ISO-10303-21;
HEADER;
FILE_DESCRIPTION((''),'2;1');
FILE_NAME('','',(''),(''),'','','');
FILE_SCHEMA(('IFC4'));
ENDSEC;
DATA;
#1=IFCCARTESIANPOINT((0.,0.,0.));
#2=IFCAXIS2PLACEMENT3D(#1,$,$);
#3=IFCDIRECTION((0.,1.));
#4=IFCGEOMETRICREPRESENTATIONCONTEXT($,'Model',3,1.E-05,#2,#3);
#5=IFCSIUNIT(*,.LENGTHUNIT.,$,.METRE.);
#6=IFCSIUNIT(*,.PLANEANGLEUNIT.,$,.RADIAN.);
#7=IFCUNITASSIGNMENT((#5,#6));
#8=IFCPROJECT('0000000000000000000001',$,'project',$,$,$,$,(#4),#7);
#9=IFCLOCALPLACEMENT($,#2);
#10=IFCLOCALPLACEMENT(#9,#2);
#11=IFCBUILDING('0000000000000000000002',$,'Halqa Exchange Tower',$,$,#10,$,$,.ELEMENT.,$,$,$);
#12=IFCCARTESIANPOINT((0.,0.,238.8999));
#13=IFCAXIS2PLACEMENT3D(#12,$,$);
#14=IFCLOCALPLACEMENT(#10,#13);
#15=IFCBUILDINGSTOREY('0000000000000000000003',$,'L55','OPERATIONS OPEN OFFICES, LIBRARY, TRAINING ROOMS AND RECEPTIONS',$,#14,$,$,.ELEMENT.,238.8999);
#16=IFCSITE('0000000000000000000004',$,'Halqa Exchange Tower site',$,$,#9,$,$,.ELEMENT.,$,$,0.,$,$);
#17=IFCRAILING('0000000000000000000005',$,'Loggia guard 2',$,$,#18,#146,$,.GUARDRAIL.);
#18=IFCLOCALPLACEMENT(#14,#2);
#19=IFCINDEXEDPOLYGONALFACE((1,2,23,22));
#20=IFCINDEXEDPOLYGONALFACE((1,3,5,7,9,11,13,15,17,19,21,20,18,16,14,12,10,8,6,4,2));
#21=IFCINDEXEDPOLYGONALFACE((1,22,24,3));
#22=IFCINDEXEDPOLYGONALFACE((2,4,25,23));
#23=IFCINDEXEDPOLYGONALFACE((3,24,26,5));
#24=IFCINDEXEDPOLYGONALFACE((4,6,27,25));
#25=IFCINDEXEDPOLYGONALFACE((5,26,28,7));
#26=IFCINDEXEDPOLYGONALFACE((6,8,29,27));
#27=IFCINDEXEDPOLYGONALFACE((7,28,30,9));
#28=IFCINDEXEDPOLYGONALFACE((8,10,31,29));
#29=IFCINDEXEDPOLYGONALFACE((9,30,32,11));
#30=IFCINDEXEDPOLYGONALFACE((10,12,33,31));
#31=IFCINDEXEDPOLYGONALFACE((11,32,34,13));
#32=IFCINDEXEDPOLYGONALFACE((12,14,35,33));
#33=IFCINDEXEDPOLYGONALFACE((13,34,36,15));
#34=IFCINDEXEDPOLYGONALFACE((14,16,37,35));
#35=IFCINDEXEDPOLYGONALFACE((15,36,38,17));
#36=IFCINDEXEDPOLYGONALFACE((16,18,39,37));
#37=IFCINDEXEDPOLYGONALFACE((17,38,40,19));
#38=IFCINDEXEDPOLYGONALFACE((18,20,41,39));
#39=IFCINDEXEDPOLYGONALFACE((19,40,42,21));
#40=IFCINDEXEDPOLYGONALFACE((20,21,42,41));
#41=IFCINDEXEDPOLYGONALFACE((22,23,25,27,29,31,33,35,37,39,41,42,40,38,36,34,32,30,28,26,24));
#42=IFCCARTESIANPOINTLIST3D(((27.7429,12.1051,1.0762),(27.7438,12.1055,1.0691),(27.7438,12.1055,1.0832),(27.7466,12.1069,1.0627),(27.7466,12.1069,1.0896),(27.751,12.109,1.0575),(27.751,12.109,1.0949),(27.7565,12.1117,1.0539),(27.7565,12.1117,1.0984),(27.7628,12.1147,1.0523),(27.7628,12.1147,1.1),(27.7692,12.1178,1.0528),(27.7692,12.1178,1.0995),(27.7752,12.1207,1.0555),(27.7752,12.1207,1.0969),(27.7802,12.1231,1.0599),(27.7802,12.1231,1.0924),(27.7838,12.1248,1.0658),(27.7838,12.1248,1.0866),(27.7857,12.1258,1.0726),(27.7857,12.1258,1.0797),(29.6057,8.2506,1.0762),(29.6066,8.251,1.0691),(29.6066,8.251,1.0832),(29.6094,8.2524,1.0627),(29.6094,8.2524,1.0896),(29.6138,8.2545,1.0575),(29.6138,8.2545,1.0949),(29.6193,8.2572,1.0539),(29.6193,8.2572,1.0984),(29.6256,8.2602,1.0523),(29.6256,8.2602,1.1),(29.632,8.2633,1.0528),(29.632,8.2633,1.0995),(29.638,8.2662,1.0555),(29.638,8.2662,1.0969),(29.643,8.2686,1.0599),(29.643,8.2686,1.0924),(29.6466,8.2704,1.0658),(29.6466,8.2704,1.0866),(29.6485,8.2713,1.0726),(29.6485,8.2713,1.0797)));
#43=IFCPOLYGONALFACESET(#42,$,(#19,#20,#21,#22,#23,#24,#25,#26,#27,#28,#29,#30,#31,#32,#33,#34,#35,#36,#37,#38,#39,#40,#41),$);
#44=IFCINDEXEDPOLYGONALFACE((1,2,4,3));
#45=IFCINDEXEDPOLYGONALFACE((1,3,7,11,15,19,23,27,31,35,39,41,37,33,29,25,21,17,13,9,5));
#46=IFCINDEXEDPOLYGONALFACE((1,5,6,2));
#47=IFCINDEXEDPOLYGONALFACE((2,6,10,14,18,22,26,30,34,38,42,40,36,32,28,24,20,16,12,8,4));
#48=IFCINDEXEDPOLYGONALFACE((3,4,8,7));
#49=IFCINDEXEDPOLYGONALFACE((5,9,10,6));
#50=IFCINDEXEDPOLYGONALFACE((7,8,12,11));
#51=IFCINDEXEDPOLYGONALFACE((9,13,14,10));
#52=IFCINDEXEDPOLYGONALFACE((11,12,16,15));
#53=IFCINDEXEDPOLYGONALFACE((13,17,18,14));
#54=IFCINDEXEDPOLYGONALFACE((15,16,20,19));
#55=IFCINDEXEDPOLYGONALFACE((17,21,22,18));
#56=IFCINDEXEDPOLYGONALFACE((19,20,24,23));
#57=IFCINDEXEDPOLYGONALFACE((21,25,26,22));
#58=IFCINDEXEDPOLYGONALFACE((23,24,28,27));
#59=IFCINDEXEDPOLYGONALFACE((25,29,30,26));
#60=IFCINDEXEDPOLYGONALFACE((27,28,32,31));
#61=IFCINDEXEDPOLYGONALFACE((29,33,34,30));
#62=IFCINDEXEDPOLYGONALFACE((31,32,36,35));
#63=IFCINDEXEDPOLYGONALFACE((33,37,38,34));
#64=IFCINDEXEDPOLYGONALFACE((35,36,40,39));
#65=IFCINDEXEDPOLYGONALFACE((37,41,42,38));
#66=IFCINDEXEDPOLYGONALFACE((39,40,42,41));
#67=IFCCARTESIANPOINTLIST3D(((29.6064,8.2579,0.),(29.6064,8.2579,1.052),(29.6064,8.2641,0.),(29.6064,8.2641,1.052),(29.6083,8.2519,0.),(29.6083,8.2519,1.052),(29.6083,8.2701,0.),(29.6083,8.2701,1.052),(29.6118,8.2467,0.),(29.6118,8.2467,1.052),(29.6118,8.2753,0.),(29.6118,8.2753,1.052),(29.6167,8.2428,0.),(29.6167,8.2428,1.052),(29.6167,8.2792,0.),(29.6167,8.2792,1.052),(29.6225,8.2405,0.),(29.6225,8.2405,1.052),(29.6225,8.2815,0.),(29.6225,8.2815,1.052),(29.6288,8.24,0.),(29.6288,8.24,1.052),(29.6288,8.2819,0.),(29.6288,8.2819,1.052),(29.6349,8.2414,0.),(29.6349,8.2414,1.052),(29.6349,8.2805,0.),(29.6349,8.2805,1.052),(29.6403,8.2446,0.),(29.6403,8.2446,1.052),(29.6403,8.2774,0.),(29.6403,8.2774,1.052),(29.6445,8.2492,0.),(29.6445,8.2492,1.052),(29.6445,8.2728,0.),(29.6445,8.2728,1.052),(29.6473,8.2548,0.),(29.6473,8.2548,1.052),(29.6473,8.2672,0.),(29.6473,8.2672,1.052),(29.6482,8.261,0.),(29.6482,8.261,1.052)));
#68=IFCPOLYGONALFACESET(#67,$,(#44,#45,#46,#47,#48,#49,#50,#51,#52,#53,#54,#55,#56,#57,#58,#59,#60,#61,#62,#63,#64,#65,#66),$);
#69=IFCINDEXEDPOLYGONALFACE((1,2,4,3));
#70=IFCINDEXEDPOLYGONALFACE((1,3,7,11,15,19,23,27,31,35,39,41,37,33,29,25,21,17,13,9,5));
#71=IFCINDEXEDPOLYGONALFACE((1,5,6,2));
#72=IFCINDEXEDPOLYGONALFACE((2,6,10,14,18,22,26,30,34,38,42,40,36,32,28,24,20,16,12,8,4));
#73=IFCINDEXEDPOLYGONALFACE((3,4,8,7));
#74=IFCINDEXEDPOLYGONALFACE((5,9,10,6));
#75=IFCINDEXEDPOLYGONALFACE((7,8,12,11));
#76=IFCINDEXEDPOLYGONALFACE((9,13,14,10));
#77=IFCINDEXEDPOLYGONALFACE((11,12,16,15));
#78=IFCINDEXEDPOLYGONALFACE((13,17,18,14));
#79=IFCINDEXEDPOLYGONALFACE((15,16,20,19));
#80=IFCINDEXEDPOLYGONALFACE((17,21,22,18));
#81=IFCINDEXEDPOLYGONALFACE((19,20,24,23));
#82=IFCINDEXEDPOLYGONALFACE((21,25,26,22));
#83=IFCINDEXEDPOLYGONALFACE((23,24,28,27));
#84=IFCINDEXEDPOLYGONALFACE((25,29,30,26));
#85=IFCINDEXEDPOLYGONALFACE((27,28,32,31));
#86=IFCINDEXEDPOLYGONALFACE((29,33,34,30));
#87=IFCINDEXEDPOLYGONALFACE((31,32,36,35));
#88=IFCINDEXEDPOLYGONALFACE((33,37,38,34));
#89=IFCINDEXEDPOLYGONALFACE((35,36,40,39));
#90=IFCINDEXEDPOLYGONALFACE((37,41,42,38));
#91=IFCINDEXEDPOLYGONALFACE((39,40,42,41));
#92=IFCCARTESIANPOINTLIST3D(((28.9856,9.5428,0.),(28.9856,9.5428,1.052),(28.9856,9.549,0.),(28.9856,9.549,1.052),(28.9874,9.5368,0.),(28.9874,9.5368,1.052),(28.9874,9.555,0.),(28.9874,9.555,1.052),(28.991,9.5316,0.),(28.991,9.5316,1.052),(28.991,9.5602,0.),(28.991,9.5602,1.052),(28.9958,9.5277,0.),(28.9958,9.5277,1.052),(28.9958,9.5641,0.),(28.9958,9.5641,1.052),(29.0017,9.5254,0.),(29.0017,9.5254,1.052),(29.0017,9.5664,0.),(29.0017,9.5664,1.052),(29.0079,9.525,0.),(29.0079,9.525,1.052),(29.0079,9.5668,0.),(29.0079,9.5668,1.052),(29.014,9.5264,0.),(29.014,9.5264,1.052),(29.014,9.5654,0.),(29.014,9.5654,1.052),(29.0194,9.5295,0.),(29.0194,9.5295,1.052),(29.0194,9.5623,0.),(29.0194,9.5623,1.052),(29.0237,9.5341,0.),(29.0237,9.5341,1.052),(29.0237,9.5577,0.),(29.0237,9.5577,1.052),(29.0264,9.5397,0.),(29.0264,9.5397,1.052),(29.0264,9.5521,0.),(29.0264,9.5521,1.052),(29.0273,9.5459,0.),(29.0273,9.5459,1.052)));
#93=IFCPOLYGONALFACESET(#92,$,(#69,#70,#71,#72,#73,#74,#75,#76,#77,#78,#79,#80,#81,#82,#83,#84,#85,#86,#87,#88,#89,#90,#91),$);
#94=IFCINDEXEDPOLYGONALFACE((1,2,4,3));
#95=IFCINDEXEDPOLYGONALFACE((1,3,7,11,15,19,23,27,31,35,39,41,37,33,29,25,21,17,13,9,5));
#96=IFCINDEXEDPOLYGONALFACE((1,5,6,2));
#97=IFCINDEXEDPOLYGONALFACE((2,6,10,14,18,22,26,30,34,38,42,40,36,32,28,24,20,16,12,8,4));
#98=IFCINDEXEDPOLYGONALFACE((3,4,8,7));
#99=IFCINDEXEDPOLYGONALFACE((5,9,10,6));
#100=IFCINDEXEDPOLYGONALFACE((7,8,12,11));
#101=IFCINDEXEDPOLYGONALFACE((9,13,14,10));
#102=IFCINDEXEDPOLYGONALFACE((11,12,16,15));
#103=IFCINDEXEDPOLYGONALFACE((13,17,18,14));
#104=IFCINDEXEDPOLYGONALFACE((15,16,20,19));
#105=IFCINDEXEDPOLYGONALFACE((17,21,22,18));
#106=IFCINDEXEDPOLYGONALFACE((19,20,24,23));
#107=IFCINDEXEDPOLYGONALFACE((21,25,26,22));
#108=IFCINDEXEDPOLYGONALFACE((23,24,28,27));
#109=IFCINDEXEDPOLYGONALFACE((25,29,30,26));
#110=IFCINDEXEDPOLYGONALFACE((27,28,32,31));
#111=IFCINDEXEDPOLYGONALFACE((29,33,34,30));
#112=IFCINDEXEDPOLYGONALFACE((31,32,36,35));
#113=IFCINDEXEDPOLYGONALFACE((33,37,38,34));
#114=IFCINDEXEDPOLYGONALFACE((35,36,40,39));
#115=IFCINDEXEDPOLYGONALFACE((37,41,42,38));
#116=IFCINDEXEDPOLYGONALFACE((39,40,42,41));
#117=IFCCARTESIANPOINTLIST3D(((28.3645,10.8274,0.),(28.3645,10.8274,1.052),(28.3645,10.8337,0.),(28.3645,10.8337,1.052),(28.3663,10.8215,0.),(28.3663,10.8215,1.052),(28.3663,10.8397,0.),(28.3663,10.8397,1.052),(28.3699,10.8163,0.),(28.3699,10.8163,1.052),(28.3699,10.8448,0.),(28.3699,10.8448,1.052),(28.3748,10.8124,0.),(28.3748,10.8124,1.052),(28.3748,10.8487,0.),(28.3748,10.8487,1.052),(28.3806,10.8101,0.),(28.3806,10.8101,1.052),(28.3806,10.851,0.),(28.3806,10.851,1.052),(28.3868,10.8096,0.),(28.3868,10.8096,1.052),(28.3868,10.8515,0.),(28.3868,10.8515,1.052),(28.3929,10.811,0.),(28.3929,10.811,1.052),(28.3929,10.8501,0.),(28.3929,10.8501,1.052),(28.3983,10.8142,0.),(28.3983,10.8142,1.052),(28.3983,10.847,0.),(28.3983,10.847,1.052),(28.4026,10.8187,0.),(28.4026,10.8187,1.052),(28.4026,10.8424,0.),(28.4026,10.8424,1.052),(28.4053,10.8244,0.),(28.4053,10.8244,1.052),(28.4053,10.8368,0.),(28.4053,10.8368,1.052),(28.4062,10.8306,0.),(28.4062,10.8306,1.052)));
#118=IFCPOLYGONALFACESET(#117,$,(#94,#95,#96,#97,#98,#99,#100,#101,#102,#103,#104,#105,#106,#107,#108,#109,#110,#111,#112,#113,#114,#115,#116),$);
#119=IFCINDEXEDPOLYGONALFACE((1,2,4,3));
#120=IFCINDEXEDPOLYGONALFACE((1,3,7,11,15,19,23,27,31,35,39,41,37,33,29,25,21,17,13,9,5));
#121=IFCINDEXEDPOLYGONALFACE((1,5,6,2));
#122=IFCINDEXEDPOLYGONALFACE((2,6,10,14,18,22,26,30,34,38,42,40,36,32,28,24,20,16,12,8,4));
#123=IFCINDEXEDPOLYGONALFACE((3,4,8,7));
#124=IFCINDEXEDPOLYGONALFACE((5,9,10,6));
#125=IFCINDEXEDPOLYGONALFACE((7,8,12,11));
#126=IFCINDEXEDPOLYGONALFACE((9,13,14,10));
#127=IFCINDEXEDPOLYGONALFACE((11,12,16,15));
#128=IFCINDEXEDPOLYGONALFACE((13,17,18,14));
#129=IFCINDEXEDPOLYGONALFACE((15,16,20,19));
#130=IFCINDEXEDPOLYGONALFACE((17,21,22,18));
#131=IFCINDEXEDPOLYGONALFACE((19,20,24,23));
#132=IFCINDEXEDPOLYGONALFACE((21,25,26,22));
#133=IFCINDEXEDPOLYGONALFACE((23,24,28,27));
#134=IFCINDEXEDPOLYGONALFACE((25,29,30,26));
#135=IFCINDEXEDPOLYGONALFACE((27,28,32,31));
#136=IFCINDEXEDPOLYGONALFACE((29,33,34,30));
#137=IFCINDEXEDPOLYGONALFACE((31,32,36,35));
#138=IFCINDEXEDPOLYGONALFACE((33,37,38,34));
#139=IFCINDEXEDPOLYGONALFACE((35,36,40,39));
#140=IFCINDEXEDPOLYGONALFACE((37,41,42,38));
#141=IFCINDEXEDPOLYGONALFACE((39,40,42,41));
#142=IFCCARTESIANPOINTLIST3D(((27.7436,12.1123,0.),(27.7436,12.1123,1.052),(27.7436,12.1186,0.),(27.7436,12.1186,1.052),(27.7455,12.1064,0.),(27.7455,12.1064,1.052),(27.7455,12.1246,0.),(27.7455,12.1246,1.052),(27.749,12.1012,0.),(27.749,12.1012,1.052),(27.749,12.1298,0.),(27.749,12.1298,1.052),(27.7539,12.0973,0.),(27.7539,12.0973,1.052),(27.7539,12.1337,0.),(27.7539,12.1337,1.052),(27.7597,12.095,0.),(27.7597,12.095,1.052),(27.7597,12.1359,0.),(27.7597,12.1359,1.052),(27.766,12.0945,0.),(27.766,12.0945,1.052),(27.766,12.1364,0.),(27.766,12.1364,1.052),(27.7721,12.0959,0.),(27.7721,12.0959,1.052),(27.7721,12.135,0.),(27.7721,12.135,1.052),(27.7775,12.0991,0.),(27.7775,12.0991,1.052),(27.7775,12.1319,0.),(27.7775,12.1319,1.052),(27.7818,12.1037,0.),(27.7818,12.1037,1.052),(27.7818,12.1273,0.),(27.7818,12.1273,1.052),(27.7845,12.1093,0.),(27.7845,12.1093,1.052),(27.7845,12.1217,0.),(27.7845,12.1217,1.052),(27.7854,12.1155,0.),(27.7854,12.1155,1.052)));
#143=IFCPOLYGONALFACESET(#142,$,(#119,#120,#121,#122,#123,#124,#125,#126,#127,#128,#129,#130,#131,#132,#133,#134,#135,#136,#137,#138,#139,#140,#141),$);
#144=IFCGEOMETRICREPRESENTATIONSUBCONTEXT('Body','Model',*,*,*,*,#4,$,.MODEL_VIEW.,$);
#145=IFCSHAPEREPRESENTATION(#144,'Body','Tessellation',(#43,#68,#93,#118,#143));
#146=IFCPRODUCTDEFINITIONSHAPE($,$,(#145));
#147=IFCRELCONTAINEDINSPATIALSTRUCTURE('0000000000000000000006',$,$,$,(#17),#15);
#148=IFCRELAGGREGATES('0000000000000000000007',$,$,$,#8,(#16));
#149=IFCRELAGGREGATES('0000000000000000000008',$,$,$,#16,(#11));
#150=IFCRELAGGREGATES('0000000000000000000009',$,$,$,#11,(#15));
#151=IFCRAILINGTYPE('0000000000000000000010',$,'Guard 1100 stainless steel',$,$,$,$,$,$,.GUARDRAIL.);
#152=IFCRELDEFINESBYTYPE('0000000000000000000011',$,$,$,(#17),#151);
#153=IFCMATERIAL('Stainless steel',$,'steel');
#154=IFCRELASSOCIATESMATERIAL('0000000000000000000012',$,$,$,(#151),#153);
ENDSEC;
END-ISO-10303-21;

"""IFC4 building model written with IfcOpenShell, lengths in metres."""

from ifc_helpers import new_model, si_unit, direction, frame, origin, origin_2d, place, context, subcontext, project, spatial, circle, extrude, material, type_object, element, save


model = new_model("IFC4")

# Units and contexts
model_context = context("Model", 3, precision=1e-05, world=origin(), true_north=direction((0.0, 1.0)))
body_context = subcontext(model_context, "Body", "Model", "MODEL_VIEW")
ifc_project = project(units=[si_unit("LENGTHUNIT", "METRE"), si_unit("PLANEANGLEUNIT", "RADIAN")], contexts=[model_context])

# Site, building, storey
site_placement = place(None, origin())
site = spatial("IfcSite", under=ifc_project, at=site_placement, Name="Halqa Exchange Tower site", CompositionType="ELEMENT", RefElevation=0.0)
building_placement = place(site_placement, origin())
building = spatial("IfcBuilding", under=site, at=building_placement, Name="Halqa Exchange Tower", CompositionType="ELEMENT")
storey_placement = place(building_placement, frame((0.0, 0.0, 238.8999)))
storey = spatial("IfcBuildingStorey", under=building, at=storey_placement, Name="L55", Description="OPERATIONS OPEN OFFICES, LIBRARY, TRAINING ROOMS AND RECEPTIONS", CompositionType="ELEMENT", Elevation=238.8999)

# Railing
ifc_material_1 = material(Name="Stainless steel", Category="steel")
railing_type = type_object("IfcRailingType", Name="Guard 1100 stainless steel", PredefinedType="GUARDRAIL", material=ifc_material_1)
railing_1_placement = place(storey_placement, frame((29.6272, 8.261, 0.0)))
element("IfcRailing", 1, at=railing_1_placement, inside=storey, type_object=railing_type, Name="Loggia guard 2", PredefinedType="GUARDRAIL", context=body_context, shape_type="SweptSolid", body=[
    extrude(circle(Radius=0.0239, at=origin_2d()), frame((0.0, 0.0, 1.0762), z_axis=(-0.435129, 0.900368, 0.0), x_axis=(-0.900368, -0.435129, 0.0)), (0.0, 0.0, 1.0), 4.281),
    extrude(circle(Radius=0.021, at=origin_2d()), origin(), (0.0, 0.0, 1.0), 1.052),
    extrude(circle(Radius=0.021, at=origin_2d()), frame((-0.6208, 1.2849, 0.0)), (0.0, 0.0, 1.0), 1.052),
    extrude(circle(Radius=0.021, at=origin_2d()), frame((-1.2419, 2.5696, 0.0)), (0.0, 0.0, 1.0), 1.052),
    extrude(circle(Radius=0.021, at=origin_2d()), frame((-1.8628, 3.8545, 0.0)), (0.0, 0.0, 1.0), 1.052),
])

save(model, "model.ifc")
